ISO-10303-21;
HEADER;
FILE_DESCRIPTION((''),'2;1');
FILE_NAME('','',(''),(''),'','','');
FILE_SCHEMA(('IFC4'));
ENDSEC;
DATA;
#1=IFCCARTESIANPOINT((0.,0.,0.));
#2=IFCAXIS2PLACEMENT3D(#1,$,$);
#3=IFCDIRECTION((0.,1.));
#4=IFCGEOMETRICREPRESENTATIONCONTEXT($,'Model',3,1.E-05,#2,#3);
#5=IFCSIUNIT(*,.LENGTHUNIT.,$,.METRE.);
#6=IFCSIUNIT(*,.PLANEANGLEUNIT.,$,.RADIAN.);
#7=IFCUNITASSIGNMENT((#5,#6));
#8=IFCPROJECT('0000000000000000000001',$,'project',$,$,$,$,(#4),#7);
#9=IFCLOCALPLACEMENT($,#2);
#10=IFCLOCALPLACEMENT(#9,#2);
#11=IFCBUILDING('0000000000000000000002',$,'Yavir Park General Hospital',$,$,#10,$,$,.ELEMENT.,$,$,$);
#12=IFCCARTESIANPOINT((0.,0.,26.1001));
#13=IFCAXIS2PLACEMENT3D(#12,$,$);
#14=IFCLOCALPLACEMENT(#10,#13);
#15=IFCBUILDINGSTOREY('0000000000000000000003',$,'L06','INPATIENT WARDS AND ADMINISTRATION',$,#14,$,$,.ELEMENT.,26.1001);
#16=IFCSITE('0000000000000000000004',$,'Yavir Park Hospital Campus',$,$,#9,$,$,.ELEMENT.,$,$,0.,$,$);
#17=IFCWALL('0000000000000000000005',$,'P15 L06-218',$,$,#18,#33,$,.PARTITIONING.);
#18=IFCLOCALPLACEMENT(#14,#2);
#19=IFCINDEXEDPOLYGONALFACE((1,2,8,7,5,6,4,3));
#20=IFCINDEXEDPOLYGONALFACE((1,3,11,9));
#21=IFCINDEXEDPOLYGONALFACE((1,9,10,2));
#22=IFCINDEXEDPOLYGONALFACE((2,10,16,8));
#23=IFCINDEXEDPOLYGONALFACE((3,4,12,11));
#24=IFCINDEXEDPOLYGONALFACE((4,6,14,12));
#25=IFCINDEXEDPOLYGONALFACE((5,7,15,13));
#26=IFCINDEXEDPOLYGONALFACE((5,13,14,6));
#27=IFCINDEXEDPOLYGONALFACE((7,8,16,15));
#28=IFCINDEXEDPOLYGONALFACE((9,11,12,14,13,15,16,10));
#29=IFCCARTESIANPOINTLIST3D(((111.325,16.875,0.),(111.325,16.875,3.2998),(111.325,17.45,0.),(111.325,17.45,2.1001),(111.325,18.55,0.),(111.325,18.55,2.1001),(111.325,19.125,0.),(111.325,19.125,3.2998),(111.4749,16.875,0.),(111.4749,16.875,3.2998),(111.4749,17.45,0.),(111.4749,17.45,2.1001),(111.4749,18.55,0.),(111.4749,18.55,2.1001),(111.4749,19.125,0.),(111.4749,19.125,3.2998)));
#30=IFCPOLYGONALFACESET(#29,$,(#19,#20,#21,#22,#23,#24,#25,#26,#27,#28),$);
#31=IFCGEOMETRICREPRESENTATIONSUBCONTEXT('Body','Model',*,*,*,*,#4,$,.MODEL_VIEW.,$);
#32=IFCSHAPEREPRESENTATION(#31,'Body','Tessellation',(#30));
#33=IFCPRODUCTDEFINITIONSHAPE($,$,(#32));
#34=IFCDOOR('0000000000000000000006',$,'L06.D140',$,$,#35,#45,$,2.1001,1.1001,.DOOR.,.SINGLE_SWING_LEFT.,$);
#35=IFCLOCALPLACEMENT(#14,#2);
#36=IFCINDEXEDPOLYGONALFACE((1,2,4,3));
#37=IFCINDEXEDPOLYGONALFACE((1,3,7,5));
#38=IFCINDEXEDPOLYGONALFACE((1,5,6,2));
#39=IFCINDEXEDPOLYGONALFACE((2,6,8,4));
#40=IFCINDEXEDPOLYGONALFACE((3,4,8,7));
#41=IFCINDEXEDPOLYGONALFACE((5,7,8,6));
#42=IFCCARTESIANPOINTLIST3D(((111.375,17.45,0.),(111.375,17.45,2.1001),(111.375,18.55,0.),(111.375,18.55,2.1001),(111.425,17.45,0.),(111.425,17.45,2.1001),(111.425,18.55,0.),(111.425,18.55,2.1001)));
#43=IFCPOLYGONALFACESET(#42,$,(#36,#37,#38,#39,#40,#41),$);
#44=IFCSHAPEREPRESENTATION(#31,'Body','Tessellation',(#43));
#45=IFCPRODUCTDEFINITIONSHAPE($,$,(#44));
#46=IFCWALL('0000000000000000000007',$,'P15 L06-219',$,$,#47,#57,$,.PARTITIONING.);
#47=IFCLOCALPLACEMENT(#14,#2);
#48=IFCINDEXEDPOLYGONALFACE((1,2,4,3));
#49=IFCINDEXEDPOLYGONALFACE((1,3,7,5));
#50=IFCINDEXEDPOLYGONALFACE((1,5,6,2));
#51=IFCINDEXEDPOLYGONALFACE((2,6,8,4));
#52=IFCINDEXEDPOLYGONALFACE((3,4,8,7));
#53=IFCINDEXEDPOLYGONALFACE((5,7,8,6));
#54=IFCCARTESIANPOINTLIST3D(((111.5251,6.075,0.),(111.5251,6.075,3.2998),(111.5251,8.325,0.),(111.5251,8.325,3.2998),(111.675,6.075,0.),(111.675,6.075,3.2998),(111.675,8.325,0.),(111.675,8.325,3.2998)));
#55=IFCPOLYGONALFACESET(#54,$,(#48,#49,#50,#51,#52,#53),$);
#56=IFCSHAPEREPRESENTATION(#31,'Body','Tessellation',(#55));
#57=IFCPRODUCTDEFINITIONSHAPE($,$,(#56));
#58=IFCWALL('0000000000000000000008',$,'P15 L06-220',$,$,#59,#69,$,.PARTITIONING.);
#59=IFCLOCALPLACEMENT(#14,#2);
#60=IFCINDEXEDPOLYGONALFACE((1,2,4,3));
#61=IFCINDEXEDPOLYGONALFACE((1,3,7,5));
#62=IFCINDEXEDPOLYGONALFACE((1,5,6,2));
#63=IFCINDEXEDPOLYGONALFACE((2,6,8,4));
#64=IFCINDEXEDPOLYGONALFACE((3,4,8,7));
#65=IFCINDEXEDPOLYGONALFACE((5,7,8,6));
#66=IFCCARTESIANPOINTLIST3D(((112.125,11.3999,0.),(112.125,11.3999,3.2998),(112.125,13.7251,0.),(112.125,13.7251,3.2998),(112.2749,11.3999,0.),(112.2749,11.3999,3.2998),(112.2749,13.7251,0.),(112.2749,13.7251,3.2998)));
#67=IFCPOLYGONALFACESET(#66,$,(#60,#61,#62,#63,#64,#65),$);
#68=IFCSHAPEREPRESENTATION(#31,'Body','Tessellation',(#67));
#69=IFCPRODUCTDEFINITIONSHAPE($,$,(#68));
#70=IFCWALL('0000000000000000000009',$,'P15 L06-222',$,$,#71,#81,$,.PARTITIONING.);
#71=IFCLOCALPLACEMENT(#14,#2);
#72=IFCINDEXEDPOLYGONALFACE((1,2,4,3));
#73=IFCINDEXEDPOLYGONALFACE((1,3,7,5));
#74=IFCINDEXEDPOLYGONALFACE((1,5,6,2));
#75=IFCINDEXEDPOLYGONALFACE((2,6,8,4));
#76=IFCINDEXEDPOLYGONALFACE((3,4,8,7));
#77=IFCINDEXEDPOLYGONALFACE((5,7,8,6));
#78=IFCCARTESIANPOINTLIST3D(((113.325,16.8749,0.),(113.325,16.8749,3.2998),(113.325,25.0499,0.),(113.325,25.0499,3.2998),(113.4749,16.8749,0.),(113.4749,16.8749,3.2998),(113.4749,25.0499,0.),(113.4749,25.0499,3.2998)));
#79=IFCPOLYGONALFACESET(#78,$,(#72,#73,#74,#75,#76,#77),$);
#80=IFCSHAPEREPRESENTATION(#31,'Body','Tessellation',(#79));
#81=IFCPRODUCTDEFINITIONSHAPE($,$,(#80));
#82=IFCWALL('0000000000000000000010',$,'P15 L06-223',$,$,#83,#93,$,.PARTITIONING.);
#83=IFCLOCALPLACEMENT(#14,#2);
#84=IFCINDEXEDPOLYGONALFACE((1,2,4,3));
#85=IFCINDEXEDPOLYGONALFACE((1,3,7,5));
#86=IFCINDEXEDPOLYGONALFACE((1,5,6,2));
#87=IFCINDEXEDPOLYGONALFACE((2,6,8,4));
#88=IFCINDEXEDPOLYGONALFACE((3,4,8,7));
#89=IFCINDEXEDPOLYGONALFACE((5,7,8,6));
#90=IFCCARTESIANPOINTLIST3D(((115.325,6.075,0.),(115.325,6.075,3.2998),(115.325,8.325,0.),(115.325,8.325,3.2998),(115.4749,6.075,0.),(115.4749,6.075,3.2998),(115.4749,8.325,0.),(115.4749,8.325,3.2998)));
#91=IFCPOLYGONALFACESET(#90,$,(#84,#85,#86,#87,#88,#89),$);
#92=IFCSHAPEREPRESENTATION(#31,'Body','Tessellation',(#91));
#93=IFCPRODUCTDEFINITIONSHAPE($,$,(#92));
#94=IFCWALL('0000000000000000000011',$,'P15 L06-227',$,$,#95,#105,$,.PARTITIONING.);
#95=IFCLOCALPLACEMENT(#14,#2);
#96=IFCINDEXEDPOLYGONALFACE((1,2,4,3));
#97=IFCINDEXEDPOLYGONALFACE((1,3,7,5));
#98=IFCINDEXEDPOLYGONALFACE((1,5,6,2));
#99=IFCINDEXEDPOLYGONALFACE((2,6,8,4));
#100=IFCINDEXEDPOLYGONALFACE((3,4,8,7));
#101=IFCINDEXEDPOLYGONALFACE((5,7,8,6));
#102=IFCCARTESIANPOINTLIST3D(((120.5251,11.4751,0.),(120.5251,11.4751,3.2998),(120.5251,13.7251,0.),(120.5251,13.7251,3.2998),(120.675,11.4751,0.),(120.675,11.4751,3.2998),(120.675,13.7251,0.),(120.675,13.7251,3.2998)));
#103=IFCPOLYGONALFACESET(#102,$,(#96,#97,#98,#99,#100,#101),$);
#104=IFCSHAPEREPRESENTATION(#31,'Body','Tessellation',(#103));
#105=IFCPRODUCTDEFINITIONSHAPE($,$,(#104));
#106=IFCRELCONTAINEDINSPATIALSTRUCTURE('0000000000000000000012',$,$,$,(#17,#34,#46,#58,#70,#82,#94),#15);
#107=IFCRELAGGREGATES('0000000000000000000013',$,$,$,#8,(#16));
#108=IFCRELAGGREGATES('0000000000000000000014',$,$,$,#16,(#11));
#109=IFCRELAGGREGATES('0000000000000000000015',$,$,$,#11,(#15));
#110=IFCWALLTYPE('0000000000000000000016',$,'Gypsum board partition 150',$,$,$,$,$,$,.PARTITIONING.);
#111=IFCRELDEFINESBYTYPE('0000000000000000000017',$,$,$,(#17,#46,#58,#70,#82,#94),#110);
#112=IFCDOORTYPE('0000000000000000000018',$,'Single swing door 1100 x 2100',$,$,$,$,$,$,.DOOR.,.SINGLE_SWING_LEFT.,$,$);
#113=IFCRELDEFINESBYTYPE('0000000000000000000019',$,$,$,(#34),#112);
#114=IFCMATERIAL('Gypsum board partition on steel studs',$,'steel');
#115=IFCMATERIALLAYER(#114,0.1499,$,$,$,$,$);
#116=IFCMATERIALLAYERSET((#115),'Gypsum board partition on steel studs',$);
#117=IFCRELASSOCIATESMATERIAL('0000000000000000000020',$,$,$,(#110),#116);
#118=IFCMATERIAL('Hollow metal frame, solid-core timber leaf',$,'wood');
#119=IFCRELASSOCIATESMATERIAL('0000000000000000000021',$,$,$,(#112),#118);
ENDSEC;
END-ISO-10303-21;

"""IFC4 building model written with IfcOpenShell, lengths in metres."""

from ifc_helpers import new_model, si_unit, direction, frame, frame_2d, origin, place, context, subcontext, project, spatial, rectangle, extrude, material, layer, layer_set, type_object, element, fill, save


model = new_model("IFC4")

# Units and contexts
model_context = context("Model", 3, precision=1e-05, world=origin(), true_north=direction((0.0, 1.0)))
body_context = subcontext(model_context, "Body", "Model", "MODEL_VIEW")
ifc_project = project(units=[si_unit("LENGTHUNIT", "METRE"), si_unit("PLANEANGLEUNIT", "RADIAN")], contexts=[model_context])

# Site, building, storey
site_placement = place(None, origin())
site = spatial("IfcSite", under=ifc_project, at=site_placement, Name="Yavir Park Hospital Campus", CompositionType="ELEMENT", RefElevation=0.0)
building_placement = place(site_placement, origin())
building = spatial("IfcBuilding", under=site, at=building_placement, Name="Yavir Park General Hospital", CompositionType="ELEMENT")
storey_placement = place(building_placement, frame((0.0, 0.0, 26.1001)))
storey = spatial("IfcBuildingStorey", under=building, at=storey_placement, Name="L06", Description="INPATIENT WARDS AND ADMINISTRATION", CompositionType="ELEMENT", Elevation=26.1001)

# Shared definitions
ifc_material_1 = material(Name="Gypsum board partition on steel studs", Category="steel")
ifc_layer_1 = layer(ifc_material_1, 0.1499)
ifc_layer_set_1 = layer_set([ifc_layer_1], Name="Gypsum board partition on steel studs")
wall_type_1 = type_object("IfcWallType", Name="Gypsum board partition 150", PredefinedType="PARTITIONING", material=ifc_layer_set_1)
ifc_material_2 = material(Name="Hollow metal frame, solid-core timber leaf", Category="wood")
door_type_1 = type_object("IfcDoorType", Name="Single swing door 1100 x 2100", OperationType="SINGLE_SWING_LEFT", PredefinedType="DOOR", material=ifc_material_2)

# Wall, opening, door
wall_1_placement = place(storey_placement, frame((111.3999, 16.875, 0.0), z_axis=(0.0, 0.0, 1.0), x_axis=(0.0, 1.0, 0.0)))
wall_1 = element("IfcWall", 1, at=wall_1_placement, inside=storey, type_object=wall_type_1, Name="P15 L06-218", PredefinedType="PARTITIONING", context=body_context, shape_type="SweptSolid", body=[
    extrude(rectangle(XDim=2.25, YDim=0.1499, at=frame_2d((1.125, 0.0))), origin(), (0.0, 0.0, 1.0), 3.2998),
])
opening_1_placement = place(wall_1_placement, frame((0.575, 0.0, 0.0)))
opening_1 = element("IfcOpeningElement", 2, at=opening_1_placement, cuts=wall_1, PredefinedType="OPENING", context=body_context, shape_type="SweptSolid", body=[
    extrude(rectangle(XDim=1.1001, YDim=2.1001, at=frame_2d((0.55, 1.05))), frame((0.0, 0.085, 0.0), z_axis=(0.0, -1.0, 0.0), x_axis=(1.0, 0.0, 0.0)), (0.0, 0.0, 1.0), 0.1699),
])
door_1_placement = place(opening_1_placement, origin())
door_1 = element("IfcDoor", 3, at=door_1_placement, inside=storey, type_object=door_type_1, Name="L06.D140", OperationType="SINGLE_SWING_LEFT", OverallHeight=2.1001, OverallWidth=1.1001, PredefinedType="DOOR", context=body_context, shape_type="SweptSolid", body=[
    extrude(rectangle(XDim=1.1001, YDim=2.1001, at=frame_2d((0.55, 1.05))), frame((0.0, 0.0249, 0.0), z_axis=(0.0, -1.0, 0.0), x_axis=(1.0, 0.0, 0.0)), (0.0, 0.0, 1.0), 0.05),
])
fill(opening_1, door_1)

# Walls
wall_2_placement = place(storey_placement, frame((111.6001, 6.075, 0.0), z_axis=(0.0, 0.0, 1.0), x_axis=(0.0, 1.0, 0.0)))
element("IfcWall", 4, at=wall_2_placement, inside=storey, type_object=wall_type_1, Name="P15 L06-219", PredefinedType="PARTITIONING", context=body_context, shape_type="SweptSolid", body=[
    extrude(rectangle(XDim=2.25, YDim=0.1499, at=frame_2d((1.125, 0.0))), origin(), (0.0, 0.0, 1.0), 3.2998),
])
wall_3_placement = place(storey_placement, frame((112.2, 11.3999, 0.0), z_axis=(0.0, 0.0, 1.0), x_axis=(0.0, 1.0, 0.0)))
element("IfcWall", 5, at=wall_3_placement, inside=storey, type_object=wall_type_1, Name="P15 L06-220", PredefinedType="PARTITIONING", context=body_context, shape_type="SweptSolid", body=[
    extrude(rectangle(XDim=2.3252, YDim=0.1499, at=frame_2d((1.1626, 0.0))), origin(), (0.0, 0.0, 1.0), 3.2998),
])
wall_4_placement = place(storey_placement, frame((113.3999, 16.875, 0.0), z_axis=(0.0, 0.0, 1.0), x_axis=(0.0, 1.0, 0.0)))
element("IfcWall", 6, at=wall_4_placement, inside=storey, type_object=wall_type_1, Name="P15 L06-222", PredefinedType="PARTITIONING", context=body_context, shape_type="SweptSolid", body=[
    extrude(rectangle(XDim=8.175, YDim=0.1499, at=frame_2d((4.0874, 0.0))), origin(), (0.0, 0.0, 1.0), 3.2998),
])
for number, where, z_axis, x_axis, name in (
    (7, (115.3999, 6.075, 0.0), (0.0, 0.0, 1.0), (0.0, 1.0, 0.0), "P15 L06-223"),
    (8, (120.6001, 11.4751, 0.0), (0.0, 0.0, 1.0), (0.0, 1.0, 0.0), "P15 L06-227"),
):
    element("IfcWall", number, at=place(storey_placement, frame(where, z_axis=z_axis, x_axis=x_axis)), inside=storey, type_object=wall_type_1, Name=name, PredefinedType="PARTITIONING", context=body_context, shape_type="SweptSolid", body=[
        extrude(rectangle(XDim=2.25, YDim=0.1499, at=frame_2d((1.125, 0.0))), origin(), (0.0, 0.0, 1.0), 3.2998),
    ])

save(model, "model.ifc")
